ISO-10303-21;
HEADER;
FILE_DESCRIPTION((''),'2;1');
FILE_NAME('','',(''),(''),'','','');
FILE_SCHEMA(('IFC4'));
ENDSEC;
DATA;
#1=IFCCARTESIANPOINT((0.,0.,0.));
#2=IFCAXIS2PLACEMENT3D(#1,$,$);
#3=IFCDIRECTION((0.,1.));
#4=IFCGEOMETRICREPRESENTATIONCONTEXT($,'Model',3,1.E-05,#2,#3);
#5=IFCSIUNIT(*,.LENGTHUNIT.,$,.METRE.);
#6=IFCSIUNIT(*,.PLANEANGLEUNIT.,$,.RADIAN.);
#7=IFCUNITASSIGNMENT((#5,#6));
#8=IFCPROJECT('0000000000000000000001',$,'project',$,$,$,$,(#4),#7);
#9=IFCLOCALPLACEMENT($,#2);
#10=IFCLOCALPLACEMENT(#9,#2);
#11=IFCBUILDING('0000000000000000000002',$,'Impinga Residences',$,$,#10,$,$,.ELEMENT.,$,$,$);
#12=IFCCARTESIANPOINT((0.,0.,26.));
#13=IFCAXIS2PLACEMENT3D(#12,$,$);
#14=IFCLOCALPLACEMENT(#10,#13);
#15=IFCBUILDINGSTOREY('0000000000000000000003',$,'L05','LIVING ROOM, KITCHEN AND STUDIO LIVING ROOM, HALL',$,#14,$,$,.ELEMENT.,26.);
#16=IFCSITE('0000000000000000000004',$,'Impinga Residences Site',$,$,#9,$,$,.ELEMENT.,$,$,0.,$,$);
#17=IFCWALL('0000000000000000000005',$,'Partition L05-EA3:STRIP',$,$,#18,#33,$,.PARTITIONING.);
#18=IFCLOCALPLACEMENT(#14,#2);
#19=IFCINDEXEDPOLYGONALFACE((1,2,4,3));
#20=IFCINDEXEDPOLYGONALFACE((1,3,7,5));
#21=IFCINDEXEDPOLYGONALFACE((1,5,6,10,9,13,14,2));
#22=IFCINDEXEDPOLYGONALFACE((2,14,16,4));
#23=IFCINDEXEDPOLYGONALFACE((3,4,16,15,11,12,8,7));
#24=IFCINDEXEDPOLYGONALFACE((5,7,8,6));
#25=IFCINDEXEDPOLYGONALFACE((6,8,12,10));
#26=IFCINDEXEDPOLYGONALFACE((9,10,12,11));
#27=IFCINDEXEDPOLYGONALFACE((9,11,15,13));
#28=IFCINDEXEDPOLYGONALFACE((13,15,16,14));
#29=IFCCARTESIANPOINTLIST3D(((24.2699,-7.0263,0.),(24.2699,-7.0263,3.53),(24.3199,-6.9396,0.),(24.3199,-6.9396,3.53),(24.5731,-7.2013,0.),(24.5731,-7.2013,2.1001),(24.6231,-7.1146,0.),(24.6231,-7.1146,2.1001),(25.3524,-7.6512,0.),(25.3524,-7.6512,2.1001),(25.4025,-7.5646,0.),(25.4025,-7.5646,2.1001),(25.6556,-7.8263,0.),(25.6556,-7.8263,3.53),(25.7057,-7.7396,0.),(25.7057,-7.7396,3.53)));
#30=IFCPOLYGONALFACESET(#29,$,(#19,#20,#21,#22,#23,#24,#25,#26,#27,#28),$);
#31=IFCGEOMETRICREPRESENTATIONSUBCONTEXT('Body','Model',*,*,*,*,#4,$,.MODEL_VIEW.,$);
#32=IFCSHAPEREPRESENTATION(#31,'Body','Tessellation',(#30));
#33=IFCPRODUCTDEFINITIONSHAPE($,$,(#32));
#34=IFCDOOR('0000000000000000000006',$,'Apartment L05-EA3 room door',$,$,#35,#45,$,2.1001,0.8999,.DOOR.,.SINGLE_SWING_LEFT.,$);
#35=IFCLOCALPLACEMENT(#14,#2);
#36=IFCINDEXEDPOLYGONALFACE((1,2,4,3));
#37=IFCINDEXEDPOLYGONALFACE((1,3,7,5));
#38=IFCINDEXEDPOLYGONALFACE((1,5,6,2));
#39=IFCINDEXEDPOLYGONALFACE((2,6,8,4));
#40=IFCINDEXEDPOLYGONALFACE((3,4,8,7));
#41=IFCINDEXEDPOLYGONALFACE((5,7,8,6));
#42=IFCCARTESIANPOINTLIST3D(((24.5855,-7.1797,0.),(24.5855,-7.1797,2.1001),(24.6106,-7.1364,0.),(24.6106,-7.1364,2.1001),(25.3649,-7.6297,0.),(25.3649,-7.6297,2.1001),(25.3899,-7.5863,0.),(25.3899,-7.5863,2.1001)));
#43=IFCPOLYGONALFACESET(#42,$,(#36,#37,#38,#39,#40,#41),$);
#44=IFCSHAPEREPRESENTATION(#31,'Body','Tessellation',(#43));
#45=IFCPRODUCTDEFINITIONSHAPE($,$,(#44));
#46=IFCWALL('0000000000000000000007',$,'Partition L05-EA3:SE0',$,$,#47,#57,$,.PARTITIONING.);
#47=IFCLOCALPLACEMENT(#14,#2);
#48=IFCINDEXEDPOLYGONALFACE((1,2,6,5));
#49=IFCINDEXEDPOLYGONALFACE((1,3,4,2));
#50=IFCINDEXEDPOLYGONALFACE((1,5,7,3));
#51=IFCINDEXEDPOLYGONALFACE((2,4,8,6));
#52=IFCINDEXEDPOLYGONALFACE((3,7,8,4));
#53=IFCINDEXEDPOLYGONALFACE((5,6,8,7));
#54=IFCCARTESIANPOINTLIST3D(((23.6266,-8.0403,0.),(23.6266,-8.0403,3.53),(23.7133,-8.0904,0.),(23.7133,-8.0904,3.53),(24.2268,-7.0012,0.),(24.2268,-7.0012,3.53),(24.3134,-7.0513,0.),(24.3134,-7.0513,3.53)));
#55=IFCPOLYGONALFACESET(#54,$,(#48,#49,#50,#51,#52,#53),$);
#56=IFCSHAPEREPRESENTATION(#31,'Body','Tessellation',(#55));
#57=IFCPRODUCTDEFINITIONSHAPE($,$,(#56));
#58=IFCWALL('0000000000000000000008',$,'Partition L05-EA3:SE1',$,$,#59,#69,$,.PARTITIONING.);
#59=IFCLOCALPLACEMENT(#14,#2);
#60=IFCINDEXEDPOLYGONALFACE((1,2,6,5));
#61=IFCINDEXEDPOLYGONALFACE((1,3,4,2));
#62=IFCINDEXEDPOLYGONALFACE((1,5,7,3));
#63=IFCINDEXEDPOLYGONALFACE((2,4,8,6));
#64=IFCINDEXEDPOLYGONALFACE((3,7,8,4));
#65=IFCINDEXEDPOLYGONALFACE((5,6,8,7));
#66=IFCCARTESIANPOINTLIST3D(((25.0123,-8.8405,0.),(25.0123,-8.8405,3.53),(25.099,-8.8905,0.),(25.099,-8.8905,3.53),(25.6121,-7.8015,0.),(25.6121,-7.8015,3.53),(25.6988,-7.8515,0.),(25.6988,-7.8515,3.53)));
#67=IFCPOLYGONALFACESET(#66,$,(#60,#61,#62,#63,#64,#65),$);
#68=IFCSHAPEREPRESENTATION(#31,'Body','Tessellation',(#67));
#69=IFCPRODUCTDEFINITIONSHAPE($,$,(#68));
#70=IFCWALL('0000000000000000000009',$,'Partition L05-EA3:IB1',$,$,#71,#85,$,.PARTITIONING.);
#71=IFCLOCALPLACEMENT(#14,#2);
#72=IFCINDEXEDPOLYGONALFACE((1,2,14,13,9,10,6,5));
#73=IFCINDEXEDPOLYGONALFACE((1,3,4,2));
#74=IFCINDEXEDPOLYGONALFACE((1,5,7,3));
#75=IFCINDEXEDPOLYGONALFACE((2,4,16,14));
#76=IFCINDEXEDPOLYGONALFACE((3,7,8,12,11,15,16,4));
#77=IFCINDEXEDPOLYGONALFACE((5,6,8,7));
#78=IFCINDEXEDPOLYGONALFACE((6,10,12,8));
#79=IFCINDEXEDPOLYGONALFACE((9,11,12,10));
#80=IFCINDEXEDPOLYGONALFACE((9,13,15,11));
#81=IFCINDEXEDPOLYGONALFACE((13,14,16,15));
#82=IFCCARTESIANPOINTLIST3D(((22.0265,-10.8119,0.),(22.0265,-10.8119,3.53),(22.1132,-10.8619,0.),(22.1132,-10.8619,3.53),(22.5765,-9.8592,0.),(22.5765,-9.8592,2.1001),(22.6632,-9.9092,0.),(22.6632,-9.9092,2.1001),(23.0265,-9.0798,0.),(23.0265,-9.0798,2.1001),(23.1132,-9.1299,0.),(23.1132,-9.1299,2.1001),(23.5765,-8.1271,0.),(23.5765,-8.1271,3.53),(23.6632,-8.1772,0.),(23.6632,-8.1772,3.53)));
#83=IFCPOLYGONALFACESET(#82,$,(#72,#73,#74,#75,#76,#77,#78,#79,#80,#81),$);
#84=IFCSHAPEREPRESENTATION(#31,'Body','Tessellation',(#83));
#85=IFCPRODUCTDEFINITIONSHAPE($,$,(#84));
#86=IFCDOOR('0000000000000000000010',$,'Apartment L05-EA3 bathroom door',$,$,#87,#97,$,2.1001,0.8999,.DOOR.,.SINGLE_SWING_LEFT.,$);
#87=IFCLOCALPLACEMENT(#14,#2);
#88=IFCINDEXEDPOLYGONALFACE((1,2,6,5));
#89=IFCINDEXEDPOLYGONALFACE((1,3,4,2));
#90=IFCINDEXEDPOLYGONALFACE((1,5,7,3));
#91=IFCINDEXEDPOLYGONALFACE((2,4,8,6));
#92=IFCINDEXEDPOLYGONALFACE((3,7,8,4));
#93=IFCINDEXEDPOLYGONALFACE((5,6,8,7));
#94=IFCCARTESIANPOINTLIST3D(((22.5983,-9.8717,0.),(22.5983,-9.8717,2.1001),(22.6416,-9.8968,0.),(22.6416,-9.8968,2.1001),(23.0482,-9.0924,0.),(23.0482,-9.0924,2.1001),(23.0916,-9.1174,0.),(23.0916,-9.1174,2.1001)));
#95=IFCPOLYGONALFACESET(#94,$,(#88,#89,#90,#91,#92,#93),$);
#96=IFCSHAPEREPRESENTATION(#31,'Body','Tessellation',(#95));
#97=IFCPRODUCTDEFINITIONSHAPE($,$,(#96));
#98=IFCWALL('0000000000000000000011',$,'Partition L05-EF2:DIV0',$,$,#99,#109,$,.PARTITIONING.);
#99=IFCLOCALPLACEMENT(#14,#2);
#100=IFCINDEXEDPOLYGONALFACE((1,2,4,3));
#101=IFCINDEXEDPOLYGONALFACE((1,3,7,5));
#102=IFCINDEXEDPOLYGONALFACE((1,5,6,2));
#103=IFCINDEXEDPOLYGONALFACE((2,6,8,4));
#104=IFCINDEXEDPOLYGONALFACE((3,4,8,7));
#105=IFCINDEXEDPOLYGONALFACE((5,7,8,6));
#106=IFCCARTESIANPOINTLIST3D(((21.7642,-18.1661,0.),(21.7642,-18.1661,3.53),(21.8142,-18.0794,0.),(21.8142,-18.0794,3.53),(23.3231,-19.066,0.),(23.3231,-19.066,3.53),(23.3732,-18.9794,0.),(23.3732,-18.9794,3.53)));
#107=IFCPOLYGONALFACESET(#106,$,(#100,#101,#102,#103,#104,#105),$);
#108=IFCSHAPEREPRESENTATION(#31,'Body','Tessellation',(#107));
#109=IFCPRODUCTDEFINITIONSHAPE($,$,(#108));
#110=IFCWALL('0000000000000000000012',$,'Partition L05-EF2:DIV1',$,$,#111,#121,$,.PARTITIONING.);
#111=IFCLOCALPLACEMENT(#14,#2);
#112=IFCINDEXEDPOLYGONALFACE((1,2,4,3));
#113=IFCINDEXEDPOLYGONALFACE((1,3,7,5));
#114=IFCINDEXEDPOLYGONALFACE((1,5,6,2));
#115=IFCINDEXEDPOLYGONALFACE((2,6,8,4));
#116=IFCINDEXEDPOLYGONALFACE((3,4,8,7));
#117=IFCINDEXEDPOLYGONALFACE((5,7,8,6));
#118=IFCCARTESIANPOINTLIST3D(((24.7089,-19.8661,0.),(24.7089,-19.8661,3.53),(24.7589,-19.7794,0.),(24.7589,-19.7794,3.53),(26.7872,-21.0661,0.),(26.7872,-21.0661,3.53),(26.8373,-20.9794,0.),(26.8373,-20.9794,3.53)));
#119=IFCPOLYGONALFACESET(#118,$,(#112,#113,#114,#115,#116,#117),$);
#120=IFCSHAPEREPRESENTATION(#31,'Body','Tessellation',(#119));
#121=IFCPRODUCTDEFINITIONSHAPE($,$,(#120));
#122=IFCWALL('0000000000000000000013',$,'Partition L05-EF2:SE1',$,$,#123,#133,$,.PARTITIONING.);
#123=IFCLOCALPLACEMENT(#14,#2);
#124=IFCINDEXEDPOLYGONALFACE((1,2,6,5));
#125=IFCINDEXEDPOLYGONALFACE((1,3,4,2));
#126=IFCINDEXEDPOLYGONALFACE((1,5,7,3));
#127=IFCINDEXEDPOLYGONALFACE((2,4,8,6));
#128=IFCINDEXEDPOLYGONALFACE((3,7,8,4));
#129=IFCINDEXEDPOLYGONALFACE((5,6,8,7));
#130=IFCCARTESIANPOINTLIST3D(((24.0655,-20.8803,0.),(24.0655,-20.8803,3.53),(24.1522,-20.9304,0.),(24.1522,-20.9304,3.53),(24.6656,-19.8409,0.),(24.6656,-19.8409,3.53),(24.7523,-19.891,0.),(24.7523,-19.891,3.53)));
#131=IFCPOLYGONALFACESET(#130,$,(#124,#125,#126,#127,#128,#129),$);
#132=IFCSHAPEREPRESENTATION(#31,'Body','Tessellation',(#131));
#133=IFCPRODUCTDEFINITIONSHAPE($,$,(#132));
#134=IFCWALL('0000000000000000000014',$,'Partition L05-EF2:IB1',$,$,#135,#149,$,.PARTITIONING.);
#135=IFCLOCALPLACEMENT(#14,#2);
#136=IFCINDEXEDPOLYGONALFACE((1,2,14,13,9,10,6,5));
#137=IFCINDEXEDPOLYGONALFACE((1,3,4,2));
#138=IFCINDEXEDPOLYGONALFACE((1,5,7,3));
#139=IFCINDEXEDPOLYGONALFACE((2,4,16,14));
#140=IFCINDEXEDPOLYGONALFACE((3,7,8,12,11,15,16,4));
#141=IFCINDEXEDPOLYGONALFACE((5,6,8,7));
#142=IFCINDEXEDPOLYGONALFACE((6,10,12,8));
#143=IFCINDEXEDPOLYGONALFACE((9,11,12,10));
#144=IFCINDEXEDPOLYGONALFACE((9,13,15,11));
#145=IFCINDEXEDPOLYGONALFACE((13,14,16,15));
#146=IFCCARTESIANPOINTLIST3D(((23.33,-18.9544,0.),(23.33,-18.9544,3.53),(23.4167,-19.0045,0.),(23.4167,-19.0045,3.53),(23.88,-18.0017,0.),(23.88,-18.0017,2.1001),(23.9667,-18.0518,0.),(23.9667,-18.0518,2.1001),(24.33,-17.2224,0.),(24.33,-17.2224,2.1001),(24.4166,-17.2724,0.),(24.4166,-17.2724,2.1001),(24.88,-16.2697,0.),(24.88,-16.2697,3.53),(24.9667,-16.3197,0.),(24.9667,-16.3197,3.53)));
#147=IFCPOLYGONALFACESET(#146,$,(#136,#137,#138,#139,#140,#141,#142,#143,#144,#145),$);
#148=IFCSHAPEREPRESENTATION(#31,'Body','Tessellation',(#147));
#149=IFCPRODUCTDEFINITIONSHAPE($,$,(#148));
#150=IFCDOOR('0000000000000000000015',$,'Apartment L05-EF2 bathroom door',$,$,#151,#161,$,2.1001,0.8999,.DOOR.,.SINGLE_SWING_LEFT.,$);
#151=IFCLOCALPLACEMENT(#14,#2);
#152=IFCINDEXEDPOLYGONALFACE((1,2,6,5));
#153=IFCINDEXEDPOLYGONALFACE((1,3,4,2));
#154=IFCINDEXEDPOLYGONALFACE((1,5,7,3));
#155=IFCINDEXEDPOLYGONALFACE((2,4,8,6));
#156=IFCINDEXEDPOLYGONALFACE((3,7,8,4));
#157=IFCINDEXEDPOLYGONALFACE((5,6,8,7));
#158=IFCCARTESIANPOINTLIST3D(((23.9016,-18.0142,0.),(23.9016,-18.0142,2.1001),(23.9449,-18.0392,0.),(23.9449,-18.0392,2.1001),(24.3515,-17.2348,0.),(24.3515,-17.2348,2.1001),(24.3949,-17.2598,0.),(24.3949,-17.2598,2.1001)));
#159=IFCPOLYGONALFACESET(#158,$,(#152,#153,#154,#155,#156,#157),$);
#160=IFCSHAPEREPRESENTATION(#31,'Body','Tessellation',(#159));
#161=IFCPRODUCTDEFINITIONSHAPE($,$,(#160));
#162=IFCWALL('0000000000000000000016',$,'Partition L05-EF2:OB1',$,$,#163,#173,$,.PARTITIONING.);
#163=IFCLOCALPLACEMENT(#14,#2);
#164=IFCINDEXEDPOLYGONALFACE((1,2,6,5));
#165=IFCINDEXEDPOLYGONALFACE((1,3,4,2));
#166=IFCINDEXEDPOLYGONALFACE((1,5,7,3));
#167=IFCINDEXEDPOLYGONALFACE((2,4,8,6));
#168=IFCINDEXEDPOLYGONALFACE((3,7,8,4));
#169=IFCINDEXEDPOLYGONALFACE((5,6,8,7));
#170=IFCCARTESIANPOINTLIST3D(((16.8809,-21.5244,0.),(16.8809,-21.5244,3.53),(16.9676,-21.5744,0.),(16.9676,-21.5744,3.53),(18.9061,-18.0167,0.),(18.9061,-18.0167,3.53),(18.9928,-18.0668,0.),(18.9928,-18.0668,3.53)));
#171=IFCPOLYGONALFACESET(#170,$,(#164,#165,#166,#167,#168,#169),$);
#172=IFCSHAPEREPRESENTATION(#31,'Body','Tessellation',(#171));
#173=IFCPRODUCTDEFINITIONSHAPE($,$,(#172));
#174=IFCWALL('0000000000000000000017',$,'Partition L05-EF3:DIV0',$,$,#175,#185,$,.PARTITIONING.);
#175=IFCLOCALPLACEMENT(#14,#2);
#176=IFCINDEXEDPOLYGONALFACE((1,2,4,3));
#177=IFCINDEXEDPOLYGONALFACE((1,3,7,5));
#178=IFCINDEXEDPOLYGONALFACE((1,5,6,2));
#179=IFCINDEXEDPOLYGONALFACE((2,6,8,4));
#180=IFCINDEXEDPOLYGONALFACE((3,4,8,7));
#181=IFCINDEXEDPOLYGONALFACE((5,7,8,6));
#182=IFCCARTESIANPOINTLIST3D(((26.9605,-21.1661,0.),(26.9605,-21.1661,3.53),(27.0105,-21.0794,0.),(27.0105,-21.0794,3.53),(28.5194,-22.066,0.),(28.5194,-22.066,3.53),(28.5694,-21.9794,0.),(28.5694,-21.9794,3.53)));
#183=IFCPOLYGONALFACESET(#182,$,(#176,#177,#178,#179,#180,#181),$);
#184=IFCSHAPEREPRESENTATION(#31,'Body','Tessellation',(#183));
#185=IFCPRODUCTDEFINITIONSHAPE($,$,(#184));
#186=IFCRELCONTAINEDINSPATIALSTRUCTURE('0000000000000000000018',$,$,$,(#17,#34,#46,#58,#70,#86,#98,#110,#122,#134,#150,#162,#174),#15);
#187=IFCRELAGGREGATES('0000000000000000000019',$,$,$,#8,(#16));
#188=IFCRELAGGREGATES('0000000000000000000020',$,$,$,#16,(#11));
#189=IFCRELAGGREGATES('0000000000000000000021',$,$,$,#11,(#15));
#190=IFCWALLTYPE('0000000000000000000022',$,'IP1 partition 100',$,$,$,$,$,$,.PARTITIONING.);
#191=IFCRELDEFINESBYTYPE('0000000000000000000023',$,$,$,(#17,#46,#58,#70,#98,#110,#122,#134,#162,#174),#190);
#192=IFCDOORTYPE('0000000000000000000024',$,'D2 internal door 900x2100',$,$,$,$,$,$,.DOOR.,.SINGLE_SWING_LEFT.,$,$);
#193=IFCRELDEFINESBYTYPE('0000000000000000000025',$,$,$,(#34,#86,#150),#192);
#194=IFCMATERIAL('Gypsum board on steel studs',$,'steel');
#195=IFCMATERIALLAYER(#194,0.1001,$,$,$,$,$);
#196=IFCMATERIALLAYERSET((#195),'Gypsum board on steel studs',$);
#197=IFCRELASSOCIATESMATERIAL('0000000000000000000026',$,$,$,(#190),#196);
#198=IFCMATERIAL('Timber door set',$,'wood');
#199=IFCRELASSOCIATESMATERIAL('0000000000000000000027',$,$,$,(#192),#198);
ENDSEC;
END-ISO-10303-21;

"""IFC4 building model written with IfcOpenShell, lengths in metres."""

from ifc_helpers import new_model, si_unit, direction, frame, frame_2d, origin, place, context, subcontext, project, spatial, rectangle, extrude, material, layer, layer_set, type_object, element, fill, save


model = new_model("IFC4")

# Units and contexts
model_context = context("Model", 3, precision=1e-05, world=origin(), true_north=direction((0.0, 1.0)))
body_context = subcontext(model_context, "Body", "Model", "MODEL_VIEW")
ifc_project = project(units=[si_unit("LENGTHUNIT", "METRE"), si_unit("PLANEANGLEUNIT", "RADIAN")], contexts=[model_context])

# Site, building, storey
site_placement = place(None, origin())
site = spatial("IfcSite", under=ifc_project, at=site_placement, Name="Impinga Residences Site", CompositionType="ELEMENT", RefElevation=0.0)
building_placement = place(site_placement, origin())
building = spatial("IfcBuilding", under=site, at=building_placement, Name="Impinga Residences", CompositionType="ELEMENT")
storey_placement = place(building_placement, frame((0.0, 0.0, 26.0)))
storey = spatial("IfcBuildingStorey", under=building, at=storey_placement, Name="L05", Description="LIVING ROOM, KITCHEN AND STUDIO LIVING ROOM, HALL", CompositionType="ELEMENT", Elevation=26.0)

# Shared definitions
ifc_material_1 = material(Name="Gypsum board on steel studs", Category="steel")
ifc_layer_1 = layer(ifc_material_1, 0.1001)
ifc_layer_set_1 = layer_set([ifc_layer_1], Name="Gypsum board on steel studs")
wall_type_1 = type_object("IfcWallType", Name="IP1 partition 100", PredefinedType="PARTITIONING", material=ifc_layer_set_1)

# Shared definitions
ifc_material_2 = material(Name="Timber door set", Category="wood")
door_type = type_object("IfcDoorType", Name="D2 internal door 900x2100", OperationType="SINGLE_SWING_LEFT", PredefinedType="DOOR", material=ifc_material_2)

# Wall, opening, door
wall_1_placement = place(storey_placement, frame((24.2949, -6.9829, 0.0), z_axis=(0.0, 0.0, 1.0), x_axis=(0.866028, -0.499995, 0.0)))
wall_1 = element("IfcWall", 1, at=wall_1_placement, inside=storey, type_object=wall_type_1, Name="Partition L05-EA3:STRIP", PredefinedType="PARTITIONING", context=body_context, shape_type="SweptSolid", body=[
    extrude(rectangle(XDim=1.6001, YDim=0.1001, at=frame_2d((0.8, 0.0))), origin(), (0.0, 0.0, 1.0), 3.53),
])
opening_1_placement = place(wall_1_placement, frame((0.3501, 0.0, 0.0)))
opening_1 = element("IfcOpeningElement", 2, at=opening_1_placement, cuts=wall_1, PredefinedType="OPENING", context=body_context, shape_type="SweptSolid", body=[
    extrude(rectangle(XDim=0.8999, YDim=2.1001, at=frame_2d((0.45, 1.05))), frame((0.0, 0.0601, 0.0), z_axis=(0.0, -1.0, 0.0), x_axis=(1.0, 0.0, 0.0)), (0.0, 0.0, 1.0), 0.1201),
])
door_1_placement = place(opening_1_placement, origin())
door_1 = element("IfcDoor", 3, at=door_1_placement, inside=storey, type_object=door_type, Name="Apartment L05-EA3 room door", OperationType="SINGLE_SWING_LEFT", OverallHeight=2.1001, OverallWidth=0.8999, PredefinedType="DOOR", context=body_context, shape_type="SweptSolid", body=[
    extrude(rectangle(XDim=0.8999, YDim=2.1001, at=frame_2d((0.45, 1.05))), frame((0.0, 0.0249, 0.0), z_axis=(0.0, -1.0, 0.0), x_axis=(1.0, 0.0, 0.0)), (0.0, 0.0, 1.0), 0.05),
])
fill(opening_1, door_1)

# Walls
wall_2_placement = place(storey_placement, frame((23.6699, -8.0654, 0.0), z_axis=(0.0, 0.0, 1.0), x_axis=(0.500122, 0.865955, 0.0)))
element("IfcWall", 4, at=wall_2_placement, inside=storey, type_object=wall_type_1, Name="Partition L05-EA3:SE0", PredefinedType="PARTITIONING", context=body_context, shape_type="SweptSolid", body=[
    extrude(rectangle(XDim=1.2, YDim=0.1001, at=frame_2d((0.6001, 0.0))), origin(), (0.0, 0.0, 1.0), 3.53),
])
wall_3_placement = place(storey_placement, frame((25.0557, -8.8655, 0.0), z_axis=(0.0, 0.0, 1.0), x_axis=(0.499969, 0.866043, 0.0)))
element("IfcWall", 5, at=wall_3_placement, inside=storey, type_object=wall_type_1, Name="Partition L05-EA3:SE1", PredefinedType="PARTITIONING", context=body_context, shape_type="SweptSolid", body=[
    extrude(rectangle(XDim=1.1997, YDim=0.1001, at=frame_2d((0.5999, 0.0))), origin(), (0.0, 0.0, 1.0), 3.53),
])

# Wall, opening, door
wall_4_placement = place(storey_placement, frame((22.0698, -10.8369, 0.0), z_axis=(0.0, 0.0, 1.0), x_axis=(0.499993, 0.86603, 0.0)))
wall_4 = element("IfcWall", 6, at=wall_4_placement, inside=storey, type_object=wall_type_1, Name="Partition L05-EA3:IB1", PredefinedType="PARTITIONING", context=body_context, shape_type="SweptSolid", body=[
    extrude(rectangle(XDim=3.1001, YDim=0.1001, at=frame_2d((1.55, 0.0))), origin(), (0.0, 0.0, 1.0), 3.53),
])
opening_2_placement = place(wall_4_placement, frame((1.1001, 0.0, 0.0)))
opening_2 = element("IfcOpeningElement", 7, at=opening_2_placement, cuts=wall_4, PredefinedType="OPENING", context=body_context, shape_type="SweptSolid", body=[
    extrude(rectangle(XDim=0.8999, YDim=2.1001, at=frame_2d((0.45, 1.05))), frame((0.0, 0.0601, 0.0), z_axis=(0.0, -1.0, 0.0), x_axis=(1.0, 0.0, 0.0)), (0.0, 0.0, 1.0), 0.1201),
])
door_2_placement = place(opening_2_placement, origin())
door_2 = element("IfcDoor", 8, at=door_2_placement, inside=storey, type_object=door_type, Name="Apartment L05-EA3 bathroom door", OperationType="SINGLE_SWING_LEFT", OverallHeight=2.1001, OverallWidth=0.8999, PredefinedType="DOOR", context=body_context, shape_type="SweptSolid", body=[
    extrude(rectangle(XDim=0.8999, YDim=2.1001, at=frame_2d((0.45, 1.05))), frame((0.0, 0.0249, 0.0), z_axis=(0.0, -1.0, 0.0), x_axis=(1.0, 0.0, 0.0)), (0.0, 0.0, 1.0), 0.05),
])
fill(opening_2, door_2)

# Walls
wall_5_placement = place(storey_placement, frame((21.7893, -18.1228, 0.0), z_axis=(0.0, 0.0, 1.0), x_axis=(0.866048, -0.499961, 0.0)))
element("IfcWall", 9, at=wall_5_placement, inside=storey, type_object=wall_type_1, Name="Partition L05-EF2:DIV0", PredefinedType="PARTITIONING", context=body_context, shape_type="SweptSolid", body=[
    extrude(rectangle(XDim=1.8, YDim=0.1001, at=frame_2d((0.8999, 0.0))), origin(), (0.0, 0.0, 1.0), 3.53),
])
wall_6_placement = place(storey_placement, frame((24.7339, -19.8228, 0.0), z_axis=(0.0, 0.0, 1.0), x_axis=(0.866025, -0.500001, 0.0)))
element("IfcWall", 10, at=wall_6_placement, inside=storey, type_object=wall_type_1, Name="Partition L05-EF2:DIV1", PredefinedType="PARTITIONING", context=body_context, shape_type="SweptSolid", body=[
    extrude(rectangle(XDim=2.3999, YDim=0.1001, at=frame_2d((1.2, 0.0))), origin(), (0.0, 0.0, 1.0), 3.53),
])
wall_7_placement = place(storey_placement, frame((24.709, -19.866, 0.0), z_axis=(0.0, 0.0, 1.0), x_axis=(-0.500034, -0.866006, 0.0)))
element("IfcWall", 11, at=wall_7_placement, inside=storey, type_object=wall_type_1, Name="Partition L05-EF2:SE1", PredefinedType="PARTITIONING", context=body_context, shape_type="SweptSolid", body=[
    extrude(rectangle(XDim=1.2002, YDim=0.1001, at=frame_2d((0.6001, 0.0))), origin(), (0.0, 0.0, 1.0), 3.53),
])

# Wall, opening, door
wall_8_placement = place(storey_placement, frame((24.9233, -16.2947, 0.0), z_axis=(0.0, 0.0, 1.0), x_axis=(-0.499993, -0.86603, 0.0)))
wall_8 = element("IfcWall", 12, at=wall_8_placement, inside=storey, type_object=wall_type_1, Name="Partition L05-EF2:IB1", PredefinedType="PARTITIONING", context=body_context, shape_type="SweptSolid", body=[
    extrude(rectangle(XDim=3.1001, YDim=0.1001, at=frame_2d((1.55, 0.0))), origin(), (0.0, 0.0, 1.0), 3.53),
])
opening_3_placement = place(wall_8_placement, frame((1.1001, 0.0, 0.0)))
opening_3 = element("IfcOpeningElement", 13, at=opening_3_placement, cuts=wall_8, PredefinedType="OPENING", context=body_context, shape_type="SweptSolid", body=[
    extrude(rectangle(XDim=0.8999, YDim=2.1001, at=frame_2d((0.45, 1.05))), frame((0.0, 0.0601, 0.0), z_axis=(0.0, -1.0, 0.0), x_axis=(1.0, 0.0, 0.0)), (0.0, 0.0, 1.0), 0.1201),
])
door_3_placement = place(opening_3_placement, origin())
door_3 = element("IfcDoor", 14, at=door_3_placement, inside=storey, type_object=door_type, Name="Apartment L05-EF2 bathroom door", OperationType="SINGLE_SWING_LEFT", OverallHeight=2.1001, OverallWidth=0.8999, PredefinedType="DOOR", context=body_context, shape_type="SweptSolid", body=[
    extrude(rectangle(XDim=0.8999, YDim=2.1001, at=frame_2d((0.45, 1.05))), frame((0.0, 0.0249, 0.0), z_axis=(0.0, -1.0, 0.0), x_axis=(1.0, 0.0, 0.0)), (0.0, 0.0, 1.0), 0.05),
])
fill(opening_3, door_3)

# Walls
wall_9_placement = place(storey_placement, frame((18.9495, -18.0417, 0.0), z_axis=(0.0, 0.0, 1.0), x_axis=(-0.500009, -0.86602, 0.0)))
element("IfcWall", 15, at=wall_9_placement, inside=storey, type_object=wall_type_1, Name="Partition L05-EF2:OB1", PredefinedType="PARTITIONING", context=body_context, shape_type="SweptSolid", body=[
    extrude(rectangle(XDim=4.0503, YDim=0.1001, at=frame_2d((2.0251, 0.0))), origin(), (0.0, 0.0, 1.0), 3.53),
])
wall_10_placement = place(storey_placement, frame((26.9856, -21.1228, 0.0), z_axis=(0.0, 0.0, 1.0), x_axis=(0.866048, -0.499961, 0.0)))
element("IfcWall", 16, at=wall_10_placement, inside=storey, type_object=wall_type_1, Name="Partition L05-EF3:DIV0", PredefinedType="PARTITIONING", context=body_context, shape_type="SweptSolid", body=[
    extrude(rectangle(XDim=1.8, YDim=0.1001, at=frame_2d((0.8999, 0.0))), origin(), (0.0, 0.0, 1.0), 3.53),
])

save(model, "model.ifc")
